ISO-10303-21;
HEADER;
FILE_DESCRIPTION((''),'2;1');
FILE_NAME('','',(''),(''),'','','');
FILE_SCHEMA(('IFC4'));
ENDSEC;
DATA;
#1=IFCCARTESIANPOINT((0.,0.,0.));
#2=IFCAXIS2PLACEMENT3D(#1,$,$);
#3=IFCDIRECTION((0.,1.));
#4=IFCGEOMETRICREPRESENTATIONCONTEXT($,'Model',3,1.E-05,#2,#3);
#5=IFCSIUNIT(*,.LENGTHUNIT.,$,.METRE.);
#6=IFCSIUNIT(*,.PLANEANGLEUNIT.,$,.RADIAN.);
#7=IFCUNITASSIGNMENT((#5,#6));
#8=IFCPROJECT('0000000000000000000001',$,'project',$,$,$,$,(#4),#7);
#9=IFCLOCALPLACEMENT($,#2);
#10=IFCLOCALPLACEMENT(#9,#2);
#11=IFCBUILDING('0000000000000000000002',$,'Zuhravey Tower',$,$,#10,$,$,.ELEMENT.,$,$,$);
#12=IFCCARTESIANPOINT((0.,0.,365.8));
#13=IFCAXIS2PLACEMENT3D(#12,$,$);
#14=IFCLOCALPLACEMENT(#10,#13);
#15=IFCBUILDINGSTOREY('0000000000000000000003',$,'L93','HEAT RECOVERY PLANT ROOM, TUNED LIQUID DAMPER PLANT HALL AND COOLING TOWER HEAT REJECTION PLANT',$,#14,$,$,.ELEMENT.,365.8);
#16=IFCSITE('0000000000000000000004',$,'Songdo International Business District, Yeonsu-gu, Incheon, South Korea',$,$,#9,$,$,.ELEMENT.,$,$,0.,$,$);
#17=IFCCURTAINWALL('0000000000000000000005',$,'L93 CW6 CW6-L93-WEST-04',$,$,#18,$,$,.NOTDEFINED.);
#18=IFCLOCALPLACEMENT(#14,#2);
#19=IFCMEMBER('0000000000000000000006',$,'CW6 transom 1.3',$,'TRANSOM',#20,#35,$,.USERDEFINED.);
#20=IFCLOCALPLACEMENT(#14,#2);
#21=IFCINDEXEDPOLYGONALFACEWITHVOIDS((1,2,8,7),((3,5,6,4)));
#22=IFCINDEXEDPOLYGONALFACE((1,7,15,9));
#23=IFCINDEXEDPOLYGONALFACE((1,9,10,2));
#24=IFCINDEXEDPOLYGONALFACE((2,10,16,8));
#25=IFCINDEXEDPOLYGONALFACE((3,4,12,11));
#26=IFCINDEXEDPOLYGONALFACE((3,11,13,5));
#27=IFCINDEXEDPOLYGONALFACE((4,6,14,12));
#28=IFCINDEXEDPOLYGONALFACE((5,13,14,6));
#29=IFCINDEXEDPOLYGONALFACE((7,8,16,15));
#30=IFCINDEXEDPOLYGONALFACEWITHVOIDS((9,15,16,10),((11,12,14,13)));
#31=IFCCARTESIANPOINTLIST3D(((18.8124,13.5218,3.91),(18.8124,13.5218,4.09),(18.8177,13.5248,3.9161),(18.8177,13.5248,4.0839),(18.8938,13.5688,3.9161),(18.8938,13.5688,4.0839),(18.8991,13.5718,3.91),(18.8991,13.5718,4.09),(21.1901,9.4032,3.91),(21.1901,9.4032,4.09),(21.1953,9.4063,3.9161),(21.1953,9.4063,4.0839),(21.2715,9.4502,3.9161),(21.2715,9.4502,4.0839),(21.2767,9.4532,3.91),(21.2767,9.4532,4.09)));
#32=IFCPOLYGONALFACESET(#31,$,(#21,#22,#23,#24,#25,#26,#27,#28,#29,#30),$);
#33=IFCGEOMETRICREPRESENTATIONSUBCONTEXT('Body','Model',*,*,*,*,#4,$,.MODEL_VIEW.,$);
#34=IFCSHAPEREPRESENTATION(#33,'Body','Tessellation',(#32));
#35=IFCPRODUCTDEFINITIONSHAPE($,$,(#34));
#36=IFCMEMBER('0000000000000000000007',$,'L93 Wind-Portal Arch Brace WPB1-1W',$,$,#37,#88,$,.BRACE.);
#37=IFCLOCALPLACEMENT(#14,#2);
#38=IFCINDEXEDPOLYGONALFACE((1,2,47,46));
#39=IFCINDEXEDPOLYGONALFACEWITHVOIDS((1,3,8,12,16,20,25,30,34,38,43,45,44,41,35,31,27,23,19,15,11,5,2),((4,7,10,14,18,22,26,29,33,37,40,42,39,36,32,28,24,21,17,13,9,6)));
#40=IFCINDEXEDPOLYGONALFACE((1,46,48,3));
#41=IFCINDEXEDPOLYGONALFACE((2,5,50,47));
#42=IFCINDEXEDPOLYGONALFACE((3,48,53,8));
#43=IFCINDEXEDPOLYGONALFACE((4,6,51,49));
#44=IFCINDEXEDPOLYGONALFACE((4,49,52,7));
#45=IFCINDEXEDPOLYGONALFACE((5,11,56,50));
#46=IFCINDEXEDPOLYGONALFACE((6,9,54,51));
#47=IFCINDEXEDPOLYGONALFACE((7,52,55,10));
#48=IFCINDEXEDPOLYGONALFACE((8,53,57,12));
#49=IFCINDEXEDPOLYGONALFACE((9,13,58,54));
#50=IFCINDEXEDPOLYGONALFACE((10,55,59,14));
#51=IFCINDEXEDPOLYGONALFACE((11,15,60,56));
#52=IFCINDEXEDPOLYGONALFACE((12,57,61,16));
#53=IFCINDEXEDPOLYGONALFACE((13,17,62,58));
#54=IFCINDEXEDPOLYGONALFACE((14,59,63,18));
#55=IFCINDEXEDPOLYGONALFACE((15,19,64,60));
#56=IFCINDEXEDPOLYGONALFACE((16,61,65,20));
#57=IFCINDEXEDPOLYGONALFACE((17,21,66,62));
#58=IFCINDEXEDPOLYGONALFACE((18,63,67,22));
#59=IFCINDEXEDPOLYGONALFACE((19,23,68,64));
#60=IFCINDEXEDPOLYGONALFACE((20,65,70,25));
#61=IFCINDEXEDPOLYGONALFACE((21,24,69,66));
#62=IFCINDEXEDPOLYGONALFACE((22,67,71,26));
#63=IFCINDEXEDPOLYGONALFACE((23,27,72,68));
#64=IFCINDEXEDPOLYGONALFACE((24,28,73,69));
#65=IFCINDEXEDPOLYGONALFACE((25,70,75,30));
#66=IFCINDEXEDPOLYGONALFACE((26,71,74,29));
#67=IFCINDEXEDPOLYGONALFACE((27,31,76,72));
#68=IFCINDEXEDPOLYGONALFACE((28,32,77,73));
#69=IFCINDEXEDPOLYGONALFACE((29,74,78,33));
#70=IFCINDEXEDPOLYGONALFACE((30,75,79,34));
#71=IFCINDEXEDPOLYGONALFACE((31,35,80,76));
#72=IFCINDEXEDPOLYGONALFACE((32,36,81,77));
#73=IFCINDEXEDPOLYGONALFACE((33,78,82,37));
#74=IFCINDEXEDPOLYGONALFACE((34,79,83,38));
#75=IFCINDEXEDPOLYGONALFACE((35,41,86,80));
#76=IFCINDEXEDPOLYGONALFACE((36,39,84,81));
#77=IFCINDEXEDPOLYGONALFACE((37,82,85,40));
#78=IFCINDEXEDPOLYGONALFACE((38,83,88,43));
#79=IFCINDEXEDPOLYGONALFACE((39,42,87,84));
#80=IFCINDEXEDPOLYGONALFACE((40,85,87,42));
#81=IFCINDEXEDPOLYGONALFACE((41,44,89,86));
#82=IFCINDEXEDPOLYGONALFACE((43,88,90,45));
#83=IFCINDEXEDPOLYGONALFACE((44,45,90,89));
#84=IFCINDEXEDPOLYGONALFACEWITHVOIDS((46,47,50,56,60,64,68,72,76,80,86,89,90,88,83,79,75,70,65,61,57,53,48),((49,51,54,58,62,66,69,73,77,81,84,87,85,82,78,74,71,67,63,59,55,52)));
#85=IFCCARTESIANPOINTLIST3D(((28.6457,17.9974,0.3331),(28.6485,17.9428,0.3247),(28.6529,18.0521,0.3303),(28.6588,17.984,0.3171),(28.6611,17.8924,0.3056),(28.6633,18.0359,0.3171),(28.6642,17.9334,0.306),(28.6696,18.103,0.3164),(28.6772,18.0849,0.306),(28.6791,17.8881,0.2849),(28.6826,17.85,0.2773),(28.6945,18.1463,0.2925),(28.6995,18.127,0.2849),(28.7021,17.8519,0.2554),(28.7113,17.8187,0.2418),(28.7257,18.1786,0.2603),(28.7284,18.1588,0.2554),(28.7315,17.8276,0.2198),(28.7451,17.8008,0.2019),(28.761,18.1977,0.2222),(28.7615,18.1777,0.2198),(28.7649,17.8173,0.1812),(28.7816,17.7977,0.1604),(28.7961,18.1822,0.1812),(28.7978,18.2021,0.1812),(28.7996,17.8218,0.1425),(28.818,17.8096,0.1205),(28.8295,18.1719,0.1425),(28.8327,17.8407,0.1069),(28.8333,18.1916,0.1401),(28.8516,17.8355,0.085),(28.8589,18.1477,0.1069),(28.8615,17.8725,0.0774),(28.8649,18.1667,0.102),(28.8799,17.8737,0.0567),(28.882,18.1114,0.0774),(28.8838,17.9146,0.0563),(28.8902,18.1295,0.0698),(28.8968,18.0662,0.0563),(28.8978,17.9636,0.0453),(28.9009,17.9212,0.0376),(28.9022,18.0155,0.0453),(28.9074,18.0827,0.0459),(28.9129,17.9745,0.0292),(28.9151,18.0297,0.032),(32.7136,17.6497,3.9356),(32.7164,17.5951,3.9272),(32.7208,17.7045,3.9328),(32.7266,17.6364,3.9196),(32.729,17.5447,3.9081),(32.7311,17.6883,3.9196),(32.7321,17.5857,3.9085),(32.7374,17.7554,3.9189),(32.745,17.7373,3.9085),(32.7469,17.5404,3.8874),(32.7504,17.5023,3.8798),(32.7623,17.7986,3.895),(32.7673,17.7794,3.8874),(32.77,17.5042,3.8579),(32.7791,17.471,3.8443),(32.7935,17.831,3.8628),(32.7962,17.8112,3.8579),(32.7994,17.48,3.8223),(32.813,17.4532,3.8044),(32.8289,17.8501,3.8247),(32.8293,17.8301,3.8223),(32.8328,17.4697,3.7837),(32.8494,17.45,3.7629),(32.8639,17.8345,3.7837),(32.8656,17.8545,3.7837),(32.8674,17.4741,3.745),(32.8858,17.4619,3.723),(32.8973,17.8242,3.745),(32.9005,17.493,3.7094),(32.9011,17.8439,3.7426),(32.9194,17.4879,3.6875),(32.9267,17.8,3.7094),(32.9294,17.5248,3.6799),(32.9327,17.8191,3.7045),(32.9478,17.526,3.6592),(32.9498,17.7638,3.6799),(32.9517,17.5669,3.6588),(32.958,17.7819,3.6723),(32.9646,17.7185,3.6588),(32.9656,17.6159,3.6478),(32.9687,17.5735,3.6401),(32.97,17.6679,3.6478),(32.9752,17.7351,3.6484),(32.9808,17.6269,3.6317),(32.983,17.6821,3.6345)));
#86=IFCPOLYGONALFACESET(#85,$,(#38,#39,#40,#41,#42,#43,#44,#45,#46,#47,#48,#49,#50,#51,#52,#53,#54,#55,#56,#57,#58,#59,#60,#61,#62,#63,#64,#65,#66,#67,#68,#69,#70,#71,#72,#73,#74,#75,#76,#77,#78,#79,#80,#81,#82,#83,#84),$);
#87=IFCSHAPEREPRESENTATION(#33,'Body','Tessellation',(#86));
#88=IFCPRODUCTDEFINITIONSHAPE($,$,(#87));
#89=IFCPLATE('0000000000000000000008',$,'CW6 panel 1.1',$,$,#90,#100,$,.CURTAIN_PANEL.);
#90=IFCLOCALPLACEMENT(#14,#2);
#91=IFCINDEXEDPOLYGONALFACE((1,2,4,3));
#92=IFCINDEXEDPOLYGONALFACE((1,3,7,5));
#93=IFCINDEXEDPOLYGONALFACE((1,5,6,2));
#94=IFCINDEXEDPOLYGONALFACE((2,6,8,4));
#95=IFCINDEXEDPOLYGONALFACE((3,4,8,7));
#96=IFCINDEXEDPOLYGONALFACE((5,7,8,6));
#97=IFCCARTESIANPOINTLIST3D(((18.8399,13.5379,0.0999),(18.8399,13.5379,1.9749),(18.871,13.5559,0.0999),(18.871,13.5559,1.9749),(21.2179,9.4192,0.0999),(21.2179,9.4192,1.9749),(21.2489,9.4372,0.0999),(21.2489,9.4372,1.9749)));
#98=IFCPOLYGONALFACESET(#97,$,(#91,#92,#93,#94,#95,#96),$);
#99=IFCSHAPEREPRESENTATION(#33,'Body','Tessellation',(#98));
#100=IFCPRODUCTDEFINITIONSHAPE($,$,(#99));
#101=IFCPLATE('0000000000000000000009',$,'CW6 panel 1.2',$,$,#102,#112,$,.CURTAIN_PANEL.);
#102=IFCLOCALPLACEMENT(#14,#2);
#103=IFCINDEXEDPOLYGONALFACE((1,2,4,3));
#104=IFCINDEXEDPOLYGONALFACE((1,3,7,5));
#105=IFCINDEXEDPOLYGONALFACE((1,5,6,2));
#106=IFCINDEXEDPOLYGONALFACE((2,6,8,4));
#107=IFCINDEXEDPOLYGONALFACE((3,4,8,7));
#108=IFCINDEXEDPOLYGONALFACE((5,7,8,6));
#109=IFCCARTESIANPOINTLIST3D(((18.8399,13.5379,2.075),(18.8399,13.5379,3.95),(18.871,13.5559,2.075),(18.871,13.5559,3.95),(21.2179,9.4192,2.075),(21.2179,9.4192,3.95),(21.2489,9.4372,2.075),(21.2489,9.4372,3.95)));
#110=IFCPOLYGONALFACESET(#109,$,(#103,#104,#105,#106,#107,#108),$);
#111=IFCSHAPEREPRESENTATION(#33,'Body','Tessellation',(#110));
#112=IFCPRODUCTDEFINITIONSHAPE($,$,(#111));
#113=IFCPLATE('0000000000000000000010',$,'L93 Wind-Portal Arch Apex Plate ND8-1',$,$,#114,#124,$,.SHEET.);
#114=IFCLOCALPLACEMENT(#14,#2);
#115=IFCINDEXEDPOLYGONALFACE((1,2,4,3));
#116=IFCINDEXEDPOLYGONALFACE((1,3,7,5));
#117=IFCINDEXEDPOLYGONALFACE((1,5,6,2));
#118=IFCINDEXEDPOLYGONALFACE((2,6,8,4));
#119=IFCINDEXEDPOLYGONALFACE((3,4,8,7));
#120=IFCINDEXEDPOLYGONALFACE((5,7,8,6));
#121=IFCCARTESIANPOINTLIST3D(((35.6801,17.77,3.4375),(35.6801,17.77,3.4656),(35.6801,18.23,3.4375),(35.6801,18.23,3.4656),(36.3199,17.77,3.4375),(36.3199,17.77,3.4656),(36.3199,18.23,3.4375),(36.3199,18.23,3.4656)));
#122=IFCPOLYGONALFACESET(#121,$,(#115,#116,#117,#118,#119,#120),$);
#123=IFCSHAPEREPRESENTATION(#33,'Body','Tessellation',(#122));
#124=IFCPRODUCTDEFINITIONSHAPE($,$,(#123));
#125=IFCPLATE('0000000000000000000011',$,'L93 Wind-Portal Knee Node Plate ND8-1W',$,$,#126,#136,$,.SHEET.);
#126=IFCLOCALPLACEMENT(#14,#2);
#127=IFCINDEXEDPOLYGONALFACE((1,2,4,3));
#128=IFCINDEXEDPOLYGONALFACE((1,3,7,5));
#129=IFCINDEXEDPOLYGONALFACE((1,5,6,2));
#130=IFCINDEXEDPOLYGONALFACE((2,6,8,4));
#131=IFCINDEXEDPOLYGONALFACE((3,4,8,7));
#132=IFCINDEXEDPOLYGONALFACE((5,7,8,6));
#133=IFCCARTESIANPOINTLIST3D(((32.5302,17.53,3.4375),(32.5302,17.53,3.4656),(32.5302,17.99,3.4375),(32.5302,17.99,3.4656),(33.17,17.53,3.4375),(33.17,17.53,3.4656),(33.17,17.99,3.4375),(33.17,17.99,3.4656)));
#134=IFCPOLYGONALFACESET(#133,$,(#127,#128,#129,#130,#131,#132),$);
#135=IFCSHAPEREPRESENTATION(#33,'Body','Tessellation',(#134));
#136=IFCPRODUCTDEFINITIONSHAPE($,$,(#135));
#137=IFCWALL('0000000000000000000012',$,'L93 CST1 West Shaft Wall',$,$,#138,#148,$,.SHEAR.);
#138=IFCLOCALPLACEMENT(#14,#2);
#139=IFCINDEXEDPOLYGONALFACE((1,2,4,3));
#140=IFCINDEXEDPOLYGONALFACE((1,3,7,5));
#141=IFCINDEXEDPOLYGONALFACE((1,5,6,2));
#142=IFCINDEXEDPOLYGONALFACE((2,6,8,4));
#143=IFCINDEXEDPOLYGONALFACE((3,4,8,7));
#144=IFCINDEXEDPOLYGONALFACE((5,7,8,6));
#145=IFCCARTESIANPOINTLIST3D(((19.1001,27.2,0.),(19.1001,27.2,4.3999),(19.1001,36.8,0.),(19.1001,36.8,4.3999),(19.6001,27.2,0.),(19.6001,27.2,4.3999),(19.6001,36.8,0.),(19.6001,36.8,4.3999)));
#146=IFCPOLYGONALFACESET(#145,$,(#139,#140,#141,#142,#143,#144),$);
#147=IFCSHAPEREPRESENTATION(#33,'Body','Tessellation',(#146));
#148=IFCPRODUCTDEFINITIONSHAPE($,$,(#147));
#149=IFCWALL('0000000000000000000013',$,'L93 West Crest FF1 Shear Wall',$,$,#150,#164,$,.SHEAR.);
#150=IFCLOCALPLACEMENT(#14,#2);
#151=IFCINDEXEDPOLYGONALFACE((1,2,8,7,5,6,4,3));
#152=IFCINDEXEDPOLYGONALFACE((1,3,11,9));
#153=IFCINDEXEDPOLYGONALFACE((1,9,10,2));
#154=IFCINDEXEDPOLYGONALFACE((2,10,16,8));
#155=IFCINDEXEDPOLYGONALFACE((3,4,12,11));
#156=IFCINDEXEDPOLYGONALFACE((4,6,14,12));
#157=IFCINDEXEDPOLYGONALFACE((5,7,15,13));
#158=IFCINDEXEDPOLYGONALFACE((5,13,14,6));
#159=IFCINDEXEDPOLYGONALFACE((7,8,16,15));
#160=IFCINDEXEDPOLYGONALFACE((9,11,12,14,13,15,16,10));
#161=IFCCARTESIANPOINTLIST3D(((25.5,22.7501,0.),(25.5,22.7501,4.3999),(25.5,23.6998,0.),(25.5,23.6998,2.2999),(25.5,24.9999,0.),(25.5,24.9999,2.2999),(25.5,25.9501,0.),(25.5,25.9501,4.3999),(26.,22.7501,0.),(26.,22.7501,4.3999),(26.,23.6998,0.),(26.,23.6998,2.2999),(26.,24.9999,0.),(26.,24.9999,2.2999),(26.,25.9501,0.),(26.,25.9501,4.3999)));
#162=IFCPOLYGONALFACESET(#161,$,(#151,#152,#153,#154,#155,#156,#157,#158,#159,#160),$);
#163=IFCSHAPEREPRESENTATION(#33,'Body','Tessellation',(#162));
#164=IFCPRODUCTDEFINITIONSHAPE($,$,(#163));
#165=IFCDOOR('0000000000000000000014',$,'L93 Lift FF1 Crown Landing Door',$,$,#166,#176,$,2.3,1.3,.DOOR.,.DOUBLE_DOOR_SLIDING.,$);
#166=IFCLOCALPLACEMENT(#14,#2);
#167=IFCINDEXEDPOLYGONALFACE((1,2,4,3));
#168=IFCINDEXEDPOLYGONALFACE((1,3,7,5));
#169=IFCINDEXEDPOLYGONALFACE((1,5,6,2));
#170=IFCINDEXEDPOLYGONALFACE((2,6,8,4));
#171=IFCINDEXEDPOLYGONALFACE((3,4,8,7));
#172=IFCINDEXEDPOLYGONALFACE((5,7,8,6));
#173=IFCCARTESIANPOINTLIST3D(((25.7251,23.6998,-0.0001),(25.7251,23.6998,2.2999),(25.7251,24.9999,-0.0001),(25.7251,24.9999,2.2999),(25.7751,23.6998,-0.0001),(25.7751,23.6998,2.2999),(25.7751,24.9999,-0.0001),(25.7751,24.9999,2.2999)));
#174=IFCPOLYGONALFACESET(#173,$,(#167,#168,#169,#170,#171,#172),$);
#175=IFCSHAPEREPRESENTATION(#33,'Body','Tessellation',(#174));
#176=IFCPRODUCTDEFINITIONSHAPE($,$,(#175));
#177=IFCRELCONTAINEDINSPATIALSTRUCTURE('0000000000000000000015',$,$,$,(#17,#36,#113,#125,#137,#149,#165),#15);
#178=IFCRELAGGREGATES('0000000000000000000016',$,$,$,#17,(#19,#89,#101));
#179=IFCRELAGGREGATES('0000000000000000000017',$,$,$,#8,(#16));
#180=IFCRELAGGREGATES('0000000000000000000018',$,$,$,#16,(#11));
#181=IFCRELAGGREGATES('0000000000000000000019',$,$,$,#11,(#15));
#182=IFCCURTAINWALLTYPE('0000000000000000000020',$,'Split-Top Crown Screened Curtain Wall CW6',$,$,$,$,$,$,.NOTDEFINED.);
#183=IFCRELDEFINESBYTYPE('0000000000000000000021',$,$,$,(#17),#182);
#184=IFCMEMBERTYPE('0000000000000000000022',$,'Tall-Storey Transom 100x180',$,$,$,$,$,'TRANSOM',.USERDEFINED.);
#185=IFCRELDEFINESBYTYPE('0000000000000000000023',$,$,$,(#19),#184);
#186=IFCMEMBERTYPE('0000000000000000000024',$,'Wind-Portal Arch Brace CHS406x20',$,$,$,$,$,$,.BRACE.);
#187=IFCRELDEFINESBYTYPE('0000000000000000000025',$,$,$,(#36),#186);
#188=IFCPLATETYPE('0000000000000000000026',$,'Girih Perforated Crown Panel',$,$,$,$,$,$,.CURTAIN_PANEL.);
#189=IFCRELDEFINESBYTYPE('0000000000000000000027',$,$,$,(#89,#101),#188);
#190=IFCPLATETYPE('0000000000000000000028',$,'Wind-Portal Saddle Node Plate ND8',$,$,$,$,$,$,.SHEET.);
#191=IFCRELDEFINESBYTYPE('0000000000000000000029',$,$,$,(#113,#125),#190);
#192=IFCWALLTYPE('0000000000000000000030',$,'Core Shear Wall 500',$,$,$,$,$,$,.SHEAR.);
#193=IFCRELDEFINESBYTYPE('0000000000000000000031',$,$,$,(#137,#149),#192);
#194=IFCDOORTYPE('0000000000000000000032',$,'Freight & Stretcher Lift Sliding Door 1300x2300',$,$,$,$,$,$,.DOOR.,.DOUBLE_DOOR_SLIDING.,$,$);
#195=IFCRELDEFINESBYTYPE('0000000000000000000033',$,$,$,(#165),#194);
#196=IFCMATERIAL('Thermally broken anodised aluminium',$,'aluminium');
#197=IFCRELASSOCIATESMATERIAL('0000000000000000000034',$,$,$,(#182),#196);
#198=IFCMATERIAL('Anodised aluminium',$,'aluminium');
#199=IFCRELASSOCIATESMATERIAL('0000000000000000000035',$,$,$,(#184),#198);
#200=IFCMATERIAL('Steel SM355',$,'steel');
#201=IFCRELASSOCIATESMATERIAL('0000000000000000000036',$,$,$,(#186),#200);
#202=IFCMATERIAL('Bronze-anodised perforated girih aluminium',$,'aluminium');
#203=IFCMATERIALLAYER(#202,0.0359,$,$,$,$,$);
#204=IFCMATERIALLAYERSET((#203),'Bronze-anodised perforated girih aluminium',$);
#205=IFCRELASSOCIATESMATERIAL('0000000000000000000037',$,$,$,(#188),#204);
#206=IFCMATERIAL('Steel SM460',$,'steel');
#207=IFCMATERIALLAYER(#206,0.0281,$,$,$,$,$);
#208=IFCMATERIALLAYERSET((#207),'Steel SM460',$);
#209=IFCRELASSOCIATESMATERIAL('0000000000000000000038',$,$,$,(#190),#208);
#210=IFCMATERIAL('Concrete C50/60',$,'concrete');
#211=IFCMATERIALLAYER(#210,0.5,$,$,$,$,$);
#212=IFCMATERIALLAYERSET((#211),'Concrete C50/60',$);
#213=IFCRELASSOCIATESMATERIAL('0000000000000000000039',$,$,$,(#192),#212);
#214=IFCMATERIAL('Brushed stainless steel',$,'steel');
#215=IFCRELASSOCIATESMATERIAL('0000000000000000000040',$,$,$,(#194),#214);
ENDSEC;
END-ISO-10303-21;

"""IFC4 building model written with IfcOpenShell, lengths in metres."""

from ifc_helpers import new_model, si_unit, direction, frame, frame_2d, origin, origin_2d, place, context, subcontext, project, spatial, rectangle, hollow_rectangle, hollow_circle, extrude, material, layer, layer_set, material_profile, profile_set, type_object, element, fill, aggregate, save


model = new_model("IFC4")

# Units and contexts
model_context = context("Model", 3, precision=1e-05, world=origin(), true_north=direction((0.0, 1.0)))
body_context = subcontext(model_context, "Body", "Model", "MODEL_VIEW")
ifc_project = project(units=[si_unit("LENGTHUNIT", "METRE"), si_unit("PLANEANGLEUNIT", "RADIAN")], contexts=[model_context])

# Site, building, storey
site_placement = place(None, origin())
site = spatial("IfcSite", under=ifc_project, at=site_placement, Name="Songdo International Business District, Yeonsu-gu, Incheon, South Korea", CompositionType="ELEMENT", RefElevation=0.0)
building_placement = place(site_placement, origin())
building = spatial("IfcBuilding", under=site, at=building_placement, Name="Zuhravey Tower", CompositionType="ELEMENT")
storey_placement = place(building_placement, frame((0.0, 0.0, 365.8)))
storey = spatial("IfcBuildingStorey", under=building, at=storey_placement, Name="L93", Description="HEAT RECOVERY PLANT ROOM, TUNED LIQUID DAMPER PLANT HALL AND COOLING TOWER HEAT REJECTION PLANT", CompositionType="ELEMENT", Elevation=365.8)

# Shared definitions
ifc_material_1 = material(Name="Steel SM355", Category="steel")

# Curtain wall
ifc_material_2 = material(Name="Thermally broken anodised aluminium", Category="aluminium")
curtain_wall_type = type_object("IfcCurtainWallType", Name="Split-Top Crown Screened Curtain Wall CW6", PredefinedType="NOTDEFINED", material=ifc_material_2)
curtain_wall_placement = place(storey_placement, origin())
curtain_wall = element("IfcCurtainWall", 1, at=curtain_wall_placement, inside=storey, type_object=curtain_wall_type, Name="L93 CW6 CW6-L93-WEST-04", PredefinedType="NOTDEFINED")
ifc_material_3 = material(Name="Anodised aluminium", Category="aluminium")

# Members
ifc_material_profile_1 = material_profile(ifc_material_3, hollow_rectangle(XDim=0.1001, YDim=0.1799, WallThickness=0.0061, at=origin_2d()), Name="ALU-RHS-100x180x6")
ifc_profile_set_1 = profile_set([ifc_material_profile_1], Name="Anodised aluminium")
member_type_1 = type_object("IfcMemberType", Name="Tall-Storey Transom 100x180", ElementType="TRANSOM", PredefinedType="USERDEFINED", material=ifc_profile_set_1)
member_1_placement = place(storey_placement, frame((21.2334, 9.4282, 4.0), z_axis=(-0.499965, 0.866045, 0.0), x_axis=(-0.866045, -0.499965, 0.0)))
member_1 = element("IfcMember", 2, at=member_1_placement, type_object=member_type_1, Name="CW6 transom 1.3", ObjectType="TRANSOM", PredefinedType="USERDEFINED", context=body_context, shape_type="SweptSolid", body=[
    extrude(hollow_rectangle(XDim=0.1001, YDim=0.1799, WallThickness=0.0061, at=origin_2d()), origin(), (0.0, 0.0, 1.0), 4.7556),
])
ifc_material_profile_2 = material_profile(ifc_material_1, hollow_circle(Radius=0.2031, WallThickness=0.02, at=origin_2d()), Name="CHS-406.4x20")
ifc_profile_set_2 = profile_set([ifc_material_profile_2], Name="Steel SM355")
member_type_2 = type_object("IfcMemberType", Name="Wind-Portal Arch Brace CHS406x20", PredefinedType="BRACE", material=ifc_profile_set_2)
member_2_placement = place(storey_placement, frame((28.7805, 17.9998, 0.1812), z_axis=(0.7471, -0.06385, 0.661638), x_axis=(0.085154, 0.996368, 0.0)))
element("IfcMember", 3, at=member_2_placement, inside=storey, type_object=member_type_2, Name="L93 Wind-Portal Arch Brace WPB1-1W", PredefinedType="BRACE", context=body_context, shape_type="SweptSolid", body=[
    extrude(hollow_circle(Radius=0.2031, WallThickness=0.02, at=origin_2d()), origin(), (0.0, 0.0, 1.0), 5.4448),
])

# Plates
ifc_material_4 = material(Name="Bronze-anodised perforated girih aluminium", Category="aluminium")
ifc_layer_1 = layer(ifc_material_4, 0.0359)
ifc_layer_set_1 = layer_set([ifc_layer_1], Name="Bronze-anodised perforated girih aluminium")
plate_type_1 = type_object("IfcPlateType", Name="Girih Perforated Crown Panel", PredefinedType="CURTAIN_PANEL", material=ifc_layer_set_1)
plate_1_placement = place(storey_placement, frame((20.0444, 11.4875, 0.0999), z_axis=(0.0, 0.0, 1.0), x_axis=(-0.499997, 0.866027, 0.0)))
plate_1 = element("IfcPlate", 4, at=plate_1_placement, type_object=plate_type_1, Name="CW6 panel 1.1", PredefinedType="CURTAIN_PANEL", context=body_context, shape_type="SweptSolid", body=[
    extrude(rectangle(XDim=4.7559, YDim=0.0359, at=origin_2d()), origin(), (0.0, 0.0, 1.0), 1.875),
])
plate_2_placement = place(storey_placement, frame((20.0444, 11.4875, 2.075), z_axis=(0.0, 0.0, 1.0), x_axis=(-0.499997, 0.866027, 0.0)))
plate_2 = element("IfcPlate", 5, at=plate_2_placement, type_object=plate_type_1, Name="CW6 panel 1.2", PredefinedType="CURTAIN_PANEL", context=body_context, shape_type="SweptSolid", body=[
    extrude(rectangle(XDim=4.7559, YDim=0.0359, at=origin_2d()), origin(), (0.0, 0.0, 1.0), 1.875),
])
aggregate(curtain_wall, [member_1, plate_1, plate_2])

# Plates
ifc_material_5 = material(Name="Steel SM460", Category="steel")
ifc_layer_2 = layer(ifc_material_5, 0.0281)
ifc_layer_set_2 = layer_set([ifc_layer_2], Name="Steel SM460")
plate_type_2 = type_object("IfcPlateType", Name="Wind-Portal Saddle Node Plate ND8", PredefinedType="SHEET", material=ifc_layer_set_2)
for number, where, z_axis, x_axis, name in (
    (6, (36.0, 18.0, 3.4375), (0.0, 0.0, 1.0), (1.0, 0.0, 0.0), "L93 Wind-Portal Arch Apex Plate ND8-1"),
    (7, (32.8501, 17.76, 3.4375), (0.0, 0.0, 1.0), (1.0, 0.0, 0.0), "L93 Wind-Portal Knee Node Plate ND8-1W"),
):
    element("IfcPlate", number, at=place(storey_placement, frame(where, z_axis=z_axis, x_axis=x_axis)), inside=storey, type_object=plate_type_2, Name=name, PredefinedType="SHEET", context=body_context, shape_type="SweptSolid", body=[
        extrude(rectangle(XDim=0.6399, YDim=0.46, at=origin_2d()), origin(), (0.0, 0.0, 1.0), 0.0281),
    ])

# Shared definitions
ifc_material_6 = material(Name="Concrete C50/60", Category="concrete")
ifc_layer_3 = layer(ifc_material_6, 0.5)
ifc_layer_set_3 = layer_set([ifc_layer_3], Name="Concrete C50/60")
wall_type_1 = type_object("IfcWallType", Name="Core Shear Wall 500", PredefinedType="SHEAR", material=ifc_layer_set_3)

# Wall
wall_1_placement = place(storey_placement, frame((19.3501, 27.2, 0.0), z_axis=(0.0, 0.0, 1.0), x_axis=(0.0, 1.0, 0.0)))
element("IfcWall", 8, at=wall_1_placement, inside=storey, type_object=wall_type_1, Name="L93 CST1 West Shaft Wall", PredefinedType="SHEAR", context=body_context, shape_type="SweptSolid", body=[
    extrude(rectangle(XDim=9.6001, YDim=0.5, at=frame_2d((4.8, 0.0))), origin(), (0.0, 0.0, 1.0), 4.3999),
])

# Wall, opening, door
wall_2_placement = place(storey_placement, frame((25.75, 22.75, 0.0), z_axis=(0.0, 0.0, 1.0), x_axis=(0.0, 1.0, 0.0)))
wall_2 = element("IfcWall", 9, at=wall_2_placement, inside=storey, type_object=wall_type_1, Name="L93 West Crest FF1 Shear Wall", PredefinedType="SHEAR", context=body_context, shape_type="SweptSolid", body=[
    extrude(rectangle(XDim=3.2, YDim=0.5, at=frame_2d((1.6001, 0.0))), origin(), (0.0, 0.0, 1.0), 4.3999),
])
opening_1_placement = place(wall_2_placement, frame((0.95, 0.0, 0.0)))
opening_1 = element("IfcOpeningElement", 10, at=opening_1_placement, cuts=wall_2, PredefinedType="OPENING", context=body_context, shape_type="SweptSolid", body=[
    extrude(rectangle(XDim=1.3, YDim=2.3, at=frame_2d((0.6499, 1.1499))), frame((0.0, 0.262, 0.0), z_axis=(0.0, -1.0, 0.0), x_axis=(1.0, 0.0, 0.0)), (0.0, 0.0, 1.0), 0.5239),
])
ifc_material_7 = material(Name="Brushed stainless steel", Category="steel")
door_type_1 = type_object("IfcDoorType", Name="Freight & Stretcher Lift Sliding Door 1300x2300", OperationType="DOUBLE_DOOR_SLIDING", PredefinedType="DOOR", material=ifc_material_7)
door_1_placement = place(opening_1_placement, origin())
door_1 = element("IfcDoor", 11, at=door_1_placement, inside=storey, type_object=door_type_1, Name="L93 Lift FF1 Crown Landing Door", OperationType="DOUBLE_DOOR_SLIDING", OverallHeight=2.3, OverallWidth=1.3, PredefinedType="DOOR", context=body_context, shape_type="SweptSolid", body=[
    extrude(rectangle(XDim=1.3, YDim=2.3, at=frame_2d((0.6499, 1.1499))), frame((0.0, 0.0249, 0.0), z_axis=(0.0, -1.0, 0.0), x_axis=(1.0, 0.0, 0.0)), (0.0, 0.0, 1.0), 0.05),
])
fill(opening_1, door_1)

save(model, "model.ifc")
